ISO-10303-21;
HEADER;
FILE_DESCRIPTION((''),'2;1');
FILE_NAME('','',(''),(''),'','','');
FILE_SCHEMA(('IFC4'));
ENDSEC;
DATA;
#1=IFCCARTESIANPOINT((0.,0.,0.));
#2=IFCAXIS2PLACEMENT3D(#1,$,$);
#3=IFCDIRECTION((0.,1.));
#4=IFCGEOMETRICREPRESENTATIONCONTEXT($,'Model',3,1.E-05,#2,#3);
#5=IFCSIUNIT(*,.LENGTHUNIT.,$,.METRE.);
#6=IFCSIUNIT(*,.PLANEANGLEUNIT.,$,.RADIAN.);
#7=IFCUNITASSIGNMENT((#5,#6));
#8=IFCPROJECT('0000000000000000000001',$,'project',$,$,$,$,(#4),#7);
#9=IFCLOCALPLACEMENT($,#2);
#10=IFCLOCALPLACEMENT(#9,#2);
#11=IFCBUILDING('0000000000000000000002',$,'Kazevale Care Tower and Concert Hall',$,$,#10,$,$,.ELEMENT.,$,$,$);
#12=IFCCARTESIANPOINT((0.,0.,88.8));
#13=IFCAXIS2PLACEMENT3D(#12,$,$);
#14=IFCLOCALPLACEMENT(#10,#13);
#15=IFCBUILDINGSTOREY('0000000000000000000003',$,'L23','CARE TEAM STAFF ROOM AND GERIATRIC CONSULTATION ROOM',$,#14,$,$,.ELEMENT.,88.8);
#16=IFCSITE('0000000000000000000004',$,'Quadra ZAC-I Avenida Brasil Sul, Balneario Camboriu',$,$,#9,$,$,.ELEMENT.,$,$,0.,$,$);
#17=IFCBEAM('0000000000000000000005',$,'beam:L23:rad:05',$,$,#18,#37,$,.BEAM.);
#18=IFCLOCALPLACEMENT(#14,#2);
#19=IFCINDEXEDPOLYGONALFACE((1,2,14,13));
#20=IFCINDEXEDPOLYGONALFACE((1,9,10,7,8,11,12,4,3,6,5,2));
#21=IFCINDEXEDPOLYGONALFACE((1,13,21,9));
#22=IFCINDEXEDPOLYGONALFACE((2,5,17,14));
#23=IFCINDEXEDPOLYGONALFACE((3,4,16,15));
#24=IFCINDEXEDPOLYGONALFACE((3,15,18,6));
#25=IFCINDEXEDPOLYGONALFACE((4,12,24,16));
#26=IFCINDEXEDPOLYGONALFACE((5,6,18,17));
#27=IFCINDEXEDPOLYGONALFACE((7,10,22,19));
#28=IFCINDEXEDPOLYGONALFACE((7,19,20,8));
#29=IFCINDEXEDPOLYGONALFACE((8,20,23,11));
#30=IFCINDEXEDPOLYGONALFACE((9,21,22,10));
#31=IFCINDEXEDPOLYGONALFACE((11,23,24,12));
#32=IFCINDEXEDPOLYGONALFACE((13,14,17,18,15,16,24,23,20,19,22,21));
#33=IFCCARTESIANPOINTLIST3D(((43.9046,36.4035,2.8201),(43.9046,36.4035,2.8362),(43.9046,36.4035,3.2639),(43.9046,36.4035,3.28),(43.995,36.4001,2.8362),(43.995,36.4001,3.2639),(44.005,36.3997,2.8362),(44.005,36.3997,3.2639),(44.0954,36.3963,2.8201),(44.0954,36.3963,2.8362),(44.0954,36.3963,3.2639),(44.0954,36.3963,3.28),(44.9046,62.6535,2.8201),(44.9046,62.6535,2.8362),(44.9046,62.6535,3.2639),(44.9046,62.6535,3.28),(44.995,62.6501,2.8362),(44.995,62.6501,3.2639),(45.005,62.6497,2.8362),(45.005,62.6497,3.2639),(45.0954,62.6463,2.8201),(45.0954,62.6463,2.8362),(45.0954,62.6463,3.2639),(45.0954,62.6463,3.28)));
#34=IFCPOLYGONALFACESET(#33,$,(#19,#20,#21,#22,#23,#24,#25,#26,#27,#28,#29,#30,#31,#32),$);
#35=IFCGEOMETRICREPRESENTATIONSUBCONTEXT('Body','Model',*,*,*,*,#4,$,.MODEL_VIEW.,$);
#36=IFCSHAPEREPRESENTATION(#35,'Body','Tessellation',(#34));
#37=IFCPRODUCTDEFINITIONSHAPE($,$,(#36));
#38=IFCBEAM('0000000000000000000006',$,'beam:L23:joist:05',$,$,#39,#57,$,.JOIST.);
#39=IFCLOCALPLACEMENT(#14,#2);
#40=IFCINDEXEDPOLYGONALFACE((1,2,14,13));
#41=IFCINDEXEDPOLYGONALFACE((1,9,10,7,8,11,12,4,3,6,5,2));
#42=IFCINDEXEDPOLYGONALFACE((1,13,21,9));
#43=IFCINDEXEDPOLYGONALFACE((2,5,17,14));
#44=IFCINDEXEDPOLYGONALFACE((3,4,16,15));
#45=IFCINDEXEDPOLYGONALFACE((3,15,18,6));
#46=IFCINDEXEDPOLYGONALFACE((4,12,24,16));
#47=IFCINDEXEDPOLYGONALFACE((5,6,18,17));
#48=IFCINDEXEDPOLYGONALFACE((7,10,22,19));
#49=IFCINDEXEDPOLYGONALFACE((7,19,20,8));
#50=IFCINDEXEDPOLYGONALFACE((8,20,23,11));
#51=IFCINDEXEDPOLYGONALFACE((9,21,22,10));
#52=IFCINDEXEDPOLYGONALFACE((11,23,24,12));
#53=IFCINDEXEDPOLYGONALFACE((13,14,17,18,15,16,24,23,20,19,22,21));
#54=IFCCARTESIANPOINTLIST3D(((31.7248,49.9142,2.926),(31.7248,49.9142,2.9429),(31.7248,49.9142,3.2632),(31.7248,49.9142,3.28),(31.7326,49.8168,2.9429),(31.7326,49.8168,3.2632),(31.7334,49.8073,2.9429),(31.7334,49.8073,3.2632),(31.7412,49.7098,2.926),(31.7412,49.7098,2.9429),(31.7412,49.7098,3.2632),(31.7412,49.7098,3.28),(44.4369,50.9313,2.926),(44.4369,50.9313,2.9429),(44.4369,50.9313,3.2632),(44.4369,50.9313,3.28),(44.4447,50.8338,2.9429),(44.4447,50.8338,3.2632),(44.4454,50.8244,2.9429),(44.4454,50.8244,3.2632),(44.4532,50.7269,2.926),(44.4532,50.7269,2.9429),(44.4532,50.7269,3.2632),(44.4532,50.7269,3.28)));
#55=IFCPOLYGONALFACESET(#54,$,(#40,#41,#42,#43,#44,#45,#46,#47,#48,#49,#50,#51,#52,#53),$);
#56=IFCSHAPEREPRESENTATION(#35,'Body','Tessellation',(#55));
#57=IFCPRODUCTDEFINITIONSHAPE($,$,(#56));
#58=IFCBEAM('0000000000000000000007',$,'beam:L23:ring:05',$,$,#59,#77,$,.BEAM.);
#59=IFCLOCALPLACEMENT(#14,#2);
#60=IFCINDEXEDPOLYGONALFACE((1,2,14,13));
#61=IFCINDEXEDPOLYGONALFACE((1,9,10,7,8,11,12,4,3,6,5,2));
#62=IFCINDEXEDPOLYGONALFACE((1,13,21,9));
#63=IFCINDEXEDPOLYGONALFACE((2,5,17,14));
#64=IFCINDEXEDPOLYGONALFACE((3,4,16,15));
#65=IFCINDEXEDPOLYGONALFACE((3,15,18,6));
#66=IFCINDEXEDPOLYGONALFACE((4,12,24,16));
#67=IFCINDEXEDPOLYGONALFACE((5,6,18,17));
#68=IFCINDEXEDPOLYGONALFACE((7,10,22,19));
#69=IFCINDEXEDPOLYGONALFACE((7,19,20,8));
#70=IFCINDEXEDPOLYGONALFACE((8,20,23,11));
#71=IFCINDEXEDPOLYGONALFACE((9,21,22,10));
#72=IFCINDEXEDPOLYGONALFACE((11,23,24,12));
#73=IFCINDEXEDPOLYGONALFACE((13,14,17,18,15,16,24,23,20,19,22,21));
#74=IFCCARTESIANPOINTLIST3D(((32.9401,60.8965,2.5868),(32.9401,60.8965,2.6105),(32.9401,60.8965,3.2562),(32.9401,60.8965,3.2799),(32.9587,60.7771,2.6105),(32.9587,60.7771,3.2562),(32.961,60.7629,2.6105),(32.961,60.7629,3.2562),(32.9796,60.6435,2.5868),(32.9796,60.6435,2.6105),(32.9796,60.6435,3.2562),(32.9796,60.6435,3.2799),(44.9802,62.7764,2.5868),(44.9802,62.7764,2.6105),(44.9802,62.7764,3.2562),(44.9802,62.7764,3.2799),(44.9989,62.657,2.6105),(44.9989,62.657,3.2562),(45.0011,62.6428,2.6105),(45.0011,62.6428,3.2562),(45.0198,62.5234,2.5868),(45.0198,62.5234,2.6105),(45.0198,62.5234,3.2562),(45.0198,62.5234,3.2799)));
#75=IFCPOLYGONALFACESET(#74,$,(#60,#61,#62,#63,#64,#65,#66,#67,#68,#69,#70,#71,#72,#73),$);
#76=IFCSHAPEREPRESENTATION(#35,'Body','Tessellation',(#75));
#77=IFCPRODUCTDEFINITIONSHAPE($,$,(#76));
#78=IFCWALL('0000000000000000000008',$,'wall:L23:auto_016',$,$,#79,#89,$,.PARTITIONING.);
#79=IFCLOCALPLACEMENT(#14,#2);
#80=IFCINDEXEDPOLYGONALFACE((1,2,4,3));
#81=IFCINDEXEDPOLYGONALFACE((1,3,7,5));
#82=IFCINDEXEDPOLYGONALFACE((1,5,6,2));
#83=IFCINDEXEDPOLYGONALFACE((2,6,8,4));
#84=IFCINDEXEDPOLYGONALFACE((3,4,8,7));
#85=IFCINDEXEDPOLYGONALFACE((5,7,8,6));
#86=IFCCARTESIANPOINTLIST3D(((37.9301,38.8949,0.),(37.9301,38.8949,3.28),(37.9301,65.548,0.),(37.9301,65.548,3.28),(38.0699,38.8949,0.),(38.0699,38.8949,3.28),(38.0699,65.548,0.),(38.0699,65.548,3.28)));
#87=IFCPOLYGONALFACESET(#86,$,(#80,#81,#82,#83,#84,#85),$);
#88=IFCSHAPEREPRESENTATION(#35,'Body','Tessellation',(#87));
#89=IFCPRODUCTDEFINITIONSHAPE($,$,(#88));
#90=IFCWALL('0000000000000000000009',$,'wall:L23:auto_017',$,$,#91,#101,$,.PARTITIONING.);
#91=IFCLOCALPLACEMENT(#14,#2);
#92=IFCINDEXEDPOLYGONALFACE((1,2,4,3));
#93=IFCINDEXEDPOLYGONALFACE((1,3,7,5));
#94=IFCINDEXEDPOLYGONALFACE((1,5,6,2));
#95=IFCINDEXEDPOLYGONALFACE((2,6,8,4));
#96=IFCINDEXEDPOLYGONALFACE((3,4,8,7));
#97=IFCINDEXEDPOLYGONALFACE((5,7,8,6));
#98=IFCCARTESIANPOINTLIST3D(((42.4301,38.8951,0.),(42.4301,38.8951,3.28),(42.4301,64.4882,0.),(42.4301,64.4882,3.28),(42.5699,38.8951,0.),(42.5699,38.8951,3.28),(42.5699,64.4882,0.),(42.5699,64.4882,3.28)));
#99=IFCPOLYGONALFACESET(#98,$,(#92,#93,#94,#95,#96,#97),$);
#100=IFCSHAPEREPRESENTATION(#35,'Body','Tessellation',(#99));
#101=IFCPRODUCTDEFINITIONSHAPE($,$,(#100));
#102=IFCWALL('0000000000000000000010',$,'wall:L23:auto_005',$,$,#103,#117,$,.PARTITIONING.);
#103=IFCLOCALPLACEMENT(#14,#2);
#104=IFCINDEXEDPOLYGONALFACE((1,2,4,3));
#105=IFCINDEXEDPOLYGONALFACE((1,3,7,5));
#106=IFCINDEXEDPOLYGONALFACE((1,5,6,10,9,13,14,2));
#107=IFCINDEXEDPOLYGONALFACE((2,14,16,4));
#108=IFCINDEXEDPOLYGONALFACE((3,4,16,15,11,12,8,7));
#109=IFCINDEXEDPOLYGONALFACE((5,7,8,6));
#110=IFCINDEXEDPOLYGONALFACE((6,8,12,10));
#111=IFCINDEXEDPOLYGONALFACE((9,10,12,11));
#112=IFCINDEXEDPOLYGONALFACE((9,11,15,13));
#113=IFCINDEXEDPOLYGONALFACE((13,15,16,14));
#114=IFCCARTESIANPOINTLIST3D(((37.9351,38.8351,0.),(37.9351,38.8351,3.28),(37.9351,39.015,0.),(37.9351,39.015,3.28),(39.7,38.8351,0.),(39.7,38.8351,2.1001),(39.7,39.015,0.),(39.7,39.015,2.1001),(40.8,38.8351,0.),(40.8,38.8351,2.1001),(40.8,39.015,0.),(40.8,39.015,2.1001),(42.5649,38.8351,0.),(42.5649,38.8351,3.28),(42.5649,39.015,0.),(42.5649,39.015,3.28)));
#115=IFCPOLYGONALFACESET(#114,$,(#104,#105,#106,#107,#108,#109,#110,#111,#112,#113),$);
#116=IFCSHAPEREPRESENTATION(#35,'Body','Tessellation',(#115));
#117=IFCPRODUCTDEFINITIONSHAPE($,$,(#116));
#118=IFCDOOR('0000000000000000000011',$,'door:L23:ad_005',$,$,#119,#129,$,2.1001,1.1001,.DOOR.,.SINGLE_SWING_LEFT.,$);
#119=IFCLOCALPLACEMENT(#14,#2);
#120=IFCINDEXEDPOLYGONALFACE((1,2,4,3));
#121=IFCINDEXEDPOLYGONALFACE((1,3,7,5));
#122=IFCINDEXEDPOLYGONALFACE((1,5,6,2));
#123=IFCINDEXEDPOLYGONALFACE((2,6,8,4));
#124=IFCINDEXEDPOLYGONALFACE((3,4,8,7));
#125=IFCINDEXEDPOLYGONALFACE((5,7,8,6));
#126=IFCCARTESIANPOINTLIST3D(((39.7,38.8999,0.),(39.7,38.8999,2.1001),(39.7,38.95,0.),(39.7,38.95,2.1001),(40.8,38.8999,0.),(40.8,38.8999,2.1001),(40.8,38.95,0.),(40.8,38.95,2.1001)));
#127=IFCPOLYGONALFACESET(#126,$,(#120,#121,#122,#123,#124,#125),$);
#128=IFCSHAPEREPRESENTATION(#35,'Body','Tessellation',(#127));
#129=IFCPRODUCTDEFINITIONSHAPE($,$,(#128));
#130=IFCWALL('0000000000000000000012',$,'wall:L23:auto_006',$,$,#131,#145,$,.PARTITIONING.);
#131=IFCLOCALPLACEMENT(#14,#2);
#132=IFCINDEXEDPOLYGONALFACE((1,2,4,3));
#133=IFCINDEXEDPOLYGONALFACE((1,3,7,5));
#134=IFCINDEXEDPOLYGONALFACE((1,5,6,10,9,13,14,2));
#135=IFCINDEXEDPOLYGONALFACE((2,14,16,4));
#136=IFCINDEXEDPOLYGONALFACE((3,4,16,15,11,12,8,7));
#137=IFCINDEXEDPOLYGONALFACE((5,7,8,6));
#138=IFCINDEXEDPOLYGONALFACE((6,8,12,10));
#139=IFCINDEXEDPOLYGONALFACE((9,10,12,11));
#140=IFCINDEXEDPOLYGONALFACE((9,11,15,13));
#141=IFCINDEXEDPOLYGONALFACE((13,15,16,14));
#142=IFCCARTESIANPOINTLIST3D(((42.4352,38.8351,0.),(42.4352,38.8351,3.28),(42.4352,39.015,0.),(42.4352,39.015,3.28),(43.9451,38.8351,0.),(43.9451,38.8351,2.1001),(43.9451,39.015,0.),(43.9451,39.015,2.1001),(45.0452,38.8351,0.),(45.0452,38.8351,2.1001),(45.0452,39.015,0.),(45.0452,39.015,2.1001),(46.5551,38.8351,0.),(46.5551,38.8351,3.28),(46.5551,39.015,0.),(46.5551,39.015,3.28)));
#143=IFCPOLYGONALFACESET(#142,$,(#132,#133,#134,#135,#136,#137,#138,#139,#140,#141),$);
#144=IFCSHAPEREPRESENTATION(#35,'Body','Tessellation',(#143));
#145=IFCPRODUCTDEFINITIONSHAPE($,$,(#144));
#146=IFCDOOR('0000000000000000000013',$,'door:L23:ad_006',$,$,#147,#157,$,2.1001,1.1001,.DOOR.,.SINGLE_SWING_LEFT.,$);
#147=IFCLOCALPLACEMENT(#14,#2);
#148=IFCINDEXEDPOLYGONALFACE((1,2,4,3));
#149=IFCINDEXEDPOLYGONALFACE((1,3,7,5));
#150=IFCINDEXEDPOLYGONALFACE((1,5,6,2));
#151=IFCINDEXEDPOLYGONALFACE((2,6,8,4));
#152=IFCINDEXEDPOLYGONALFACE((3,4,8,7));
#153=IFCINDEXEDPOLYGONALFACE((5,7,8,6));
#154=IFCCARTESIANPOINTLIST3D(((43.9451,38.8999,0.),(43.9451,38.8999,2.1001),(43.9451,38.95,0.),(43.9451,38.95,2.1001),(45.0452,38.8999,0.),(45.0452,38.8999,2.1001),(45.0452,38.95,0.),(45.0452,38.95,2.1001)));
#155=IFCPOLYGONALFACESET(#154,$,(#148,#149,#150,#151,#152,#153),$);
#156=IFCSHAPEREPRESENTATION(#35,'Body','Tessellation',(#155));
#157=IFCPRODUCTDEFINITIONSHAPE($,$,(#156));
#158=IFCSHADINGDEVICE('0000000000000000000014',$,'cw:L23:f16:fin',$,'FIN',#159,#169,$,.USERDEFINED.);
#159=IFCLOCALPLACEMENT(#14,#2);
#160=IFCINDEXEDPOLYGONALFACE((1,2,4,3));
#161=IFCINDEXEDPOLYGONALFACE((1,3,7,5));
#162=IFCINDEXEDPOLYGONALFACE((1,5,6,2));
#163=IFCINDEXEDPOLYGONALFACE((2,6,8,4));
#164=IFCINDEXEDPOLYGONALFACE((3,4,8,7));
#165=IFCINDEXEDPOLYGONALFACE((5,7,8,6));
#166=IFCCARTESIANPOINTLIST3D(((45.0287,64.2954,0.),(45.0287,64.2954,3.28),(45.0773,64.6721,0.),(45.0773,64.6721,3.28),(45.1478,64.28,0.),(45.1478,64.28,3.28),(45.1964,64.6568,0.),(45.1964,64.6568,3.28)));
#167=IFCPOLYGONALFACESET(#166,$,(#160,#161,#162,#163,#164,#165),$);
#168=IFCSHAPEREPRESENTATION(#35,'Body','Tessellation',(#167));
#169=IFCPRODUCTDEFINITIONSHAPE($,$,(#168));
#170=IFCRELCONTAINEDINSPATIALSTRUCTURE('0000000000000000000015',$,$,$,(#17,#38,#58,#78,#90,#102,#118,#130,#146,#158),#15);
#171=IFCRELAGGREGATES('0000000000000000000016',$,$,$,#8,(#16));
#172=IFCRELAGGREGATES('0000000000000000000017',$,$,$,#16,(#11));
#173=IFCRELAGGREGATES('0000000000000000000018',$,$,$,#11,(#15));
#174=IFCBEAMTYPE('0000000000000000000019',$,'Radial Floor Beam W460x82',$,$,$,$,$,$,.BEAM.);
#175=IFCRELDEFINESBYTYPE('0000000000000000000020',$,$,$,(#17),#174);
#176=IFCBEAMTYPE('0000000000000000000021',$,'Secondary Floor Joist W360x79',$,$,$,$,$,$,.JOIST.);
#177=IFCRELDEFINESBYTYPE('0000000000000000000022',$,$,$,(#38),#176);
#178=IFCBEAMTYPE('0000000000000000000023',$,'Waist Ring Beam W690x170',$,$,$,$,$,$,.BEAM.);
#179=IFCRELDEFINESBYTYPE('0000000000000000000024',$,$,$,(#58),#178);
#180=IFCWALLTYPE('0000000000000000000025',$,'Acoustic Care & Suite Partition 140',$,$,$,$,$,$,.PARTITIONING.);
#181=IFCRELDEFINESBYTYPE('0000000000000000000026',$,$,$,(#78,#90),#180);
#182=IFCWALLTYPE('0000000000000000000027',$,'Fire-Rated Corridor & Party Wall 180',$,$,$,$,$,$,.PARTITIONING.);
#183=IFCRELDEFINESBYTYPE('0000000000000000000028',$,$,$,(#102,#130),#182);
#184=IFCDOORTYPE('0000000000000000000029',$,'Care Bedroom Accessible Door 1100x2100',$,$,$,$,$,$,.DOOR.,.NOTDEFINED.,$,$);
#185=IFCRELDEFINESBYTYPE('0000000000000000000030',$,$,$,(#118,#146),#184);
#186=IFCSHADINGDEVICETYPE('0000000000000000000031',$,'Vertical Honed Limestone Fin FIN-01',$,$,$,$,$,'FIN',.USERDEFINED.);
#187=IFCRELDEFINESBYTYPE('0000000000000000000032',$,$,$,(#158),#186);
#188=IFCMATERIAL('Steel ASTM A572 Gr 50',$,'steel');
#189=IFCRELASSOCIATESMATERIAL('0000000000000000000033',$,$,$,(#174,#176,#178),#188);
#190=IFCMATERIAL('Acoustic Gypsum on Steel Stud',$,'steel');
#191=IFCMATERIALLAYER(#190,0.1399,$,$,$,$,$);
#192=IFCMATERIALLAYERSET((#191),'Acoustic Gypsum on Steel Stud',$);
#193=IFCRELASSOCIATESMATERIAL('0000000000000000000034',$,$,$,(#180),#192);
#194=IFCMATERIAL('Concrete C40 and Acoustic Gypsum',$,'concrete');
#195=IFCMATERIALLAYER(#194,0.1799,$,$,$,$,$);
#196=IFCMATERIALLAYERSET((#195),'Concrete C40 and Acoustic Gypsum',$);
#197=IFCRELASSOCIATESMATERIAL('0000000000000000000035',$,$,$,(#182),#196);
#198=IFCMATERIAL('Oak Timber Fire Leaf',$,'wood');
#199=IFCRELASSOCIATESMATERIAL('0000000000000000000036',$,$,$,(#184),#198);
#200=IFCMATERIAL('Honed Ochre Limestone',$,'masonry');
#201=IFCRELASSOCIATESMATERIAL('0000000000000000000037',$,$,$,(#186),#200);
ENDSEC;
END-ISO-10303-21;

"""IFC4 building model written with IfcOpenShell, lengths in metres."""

from ifc_helpers import new_model, si_unit, direction, frame, frame_2d, origin, origin_2d, place, context, subcontext, project, spatial, rectangle, i_section, extrude, material, layer, layer_set, material_profile, profile_set, type_object, element, fill, save


model = new_model("IFC4")

# Units and contexts
model_context = context("Model", 3, precision=1e-05, world=origin(), true_north=direction((0.0, 1.0)))
body_context = subcontext(model_context, "Body", "Model", "MODEL_VIEW")
ifc_project = project(units=[si_unit("LENGTHUNIT", "METRE"), si_unit("PLANEANGLEUNIT", "RADIAN")], contexts=[model_context])

# Site, building, storey
site_placement = place(None, origin())
site = spatial("IfcSite", under=ifc_project, at=site_placement, Name="Quadra ZAC-I Avenida Brasil Sul, Balneario Camboriu", CompositionType="ELEMENT", RefElevation=0.0)
building_placement = place(site_placement, origin())
building = spatial("IfcBuilding", under=site, at=building_placement, Name="Kazevale Care Tower and Concert Hall", CompositionType="ELEMENT")
storey_placement = place(building_placement, frame((0.0, 0.0, 88.8)))
storey = spatial("IfcBuildingStorey", under=building, at=storey_placement, Name="L23", Description="CARE TEAM STAFF ROOM AND GERIATRIC CONSULTATION ROOM", CompositionType="ELEMENT", Elevation=88.8)

# Beams
ifc_material_1 = material(Name="Steel ASTM A572 Gr 50", Category="steel")
ifc_material_profile_1 = material_profile(ifc_material_1, i_section(OverallWidth=0.1909, OverallDepth=0.46, WebThickness=0.01, FlangeThickness=0.0161, at=origin_2d()), Name="W460x82")
ifc_profile_set_1 = profile_set([ifc_material_profile_1], Name="Steel ASTM A572 Gr 50")
beam_type_1 = type_object("IfcBeamType", Name="Radial Floor Beam W460x82", PredefinedType="BEAM", material=ifc_profile_set_1)
beam_1_placement = place(storey_placement, frame((44.0, 36.3999, 3.05), z_axis=(0.038068, 0.999275, 0.0), x_axis=(-0.999275, 0.038068, 0.0)))
element("IfcBeam", 1, at=beam_1_placement, inside=storey, type_object=beam_type_1, Name="beam:L23:rad:05", PredefinedType="BEAM", context=body_context, shape_type="SweptSolid", body=[
    extrude(i_section(OverallWidth=0.1909, OverallDepth=0.46, WebThickness=0.01, FlangeThickness=0.0161, at=origin_2d()), origin(), (0.0, 0.0, 1.0), 26.269),
])
ifc_material_profile_2 = material_profile(ifc_material_1, i_section(OverallWidth=0.2051, OverallDepth=0.354, WebThickness=0.0095, FlangeThickness=0.0168, at=origin_2d()), Name="W360x79")
ifc_profile_set_2 = profile_set([ifc_material_profile_2], Name="Steel ASTM A572 Gr 50")
beam_type_2 = type_object("IfcBeamType", Name="Secondary Floor Joist W360x79", PredefinedType="JOIST", material=ifc_profile_set_2)
beam_2_placement = place(storey_placement, frame((44.4451, 50.8291, 3.103), z_axis=(-0.996815, -0.079754, 0.0), x_axis=(0.079754, -0.996815, 0.0)))
element("IfcBeam", 2, at=beam_2_placement, inside=storey, type_object=beam_type_2, Name="beam:L23:joist:05", PredefinedType="JOIST", context=body_context, shape_type="SweptSolid", body=[
    extrude(i_section(OverallWidth=0.2051, OverallDepth=0.354, WebThickness=0.0095, FlangeThickness=0.0168, at=origin_2d()), origin(), (0.0, 0.0, 1.0), 12.7527),
])
ifc_material_profile_3 = material_profile(ifc_material_1, i_section(OverallWidth=0.2561, OverallDepth=0.6931, WebThickness=0.0144, FlangeThickness=0.0237, at=origin_2d()), Name="W690x170")
ifc_profile_set_3 = profile_set([ifc_material_profile_3], Name="Steel ASTM A572 Gr 50")
beam_type_3 = type_object("IfcBeamType", Name="Waist Ring Beam W690x170", PredefinedType="BEAM", material=ifc_profile_set_3)
beam_3_placement = place(storey_placement, frame((45.0, 62.6499, 2.9333), z_axis=(-0.988029, -0.154267, 0.0), x_axis=(0.154267, -0.988029, 0.0)))
element("IfcBeam", 3, at=beam_3_placement, inside=storey, type_object=beam_type_3, Name="beam:L23:ring:05", PredefinedType="BEAM", context=body_context, shape_type="SweptSolid", body=[
    extrude(i_section(OverallWidth=0.2561, OverallDepth=0.6931, WebThickness=0.0144, FlangeThickness=0.0237, at=origin_2d()), origin(), (0.0, 0.0, 1.0), 12.186),
])

# Walls
ifc_material_2 = material(Name="Acoustic Gypsum on Steel Stud", Category="steel")
ifc_layer_1 = layer(ifc_material_2, 0.1399)
ifc_layer_set_1 = layer_set([ifc_layer_1], Name="Acoustic Gypsum on Steel Stud")
wall_type_1 = type_object("IfcWallType", Name="Acoustic Care & Suite Partition 140", PredefinedType="PARTITIONING", material=ifc_layer_set_1)
wall_1_placement = place(storey_placement, frame((38.0, 65.5481, 0.0), z_axis=(0.0, 0.0, 1.0), x_axis=(0.0, -1.0, 0.0)))
element("IfcWall", 4, at=wall_1_placement, inside=storey, type_object=wall_type_1, Name="wall:L23:auto_016", PredefinedType="PARTITIONING", context=body_context, shape_type="SweptSolid", body=[
    extrude(rectangle(XDim=26.6531, YDim=0.1399, at=frame_2d((13.3267, 0.0))), origin(), (0.0, 0.0, 1.0), 3.28),
])
wall_2_placement = place(storey_placement, frame((42.5, 64.488, 0.0), z_axis=(0.0, 0.0, 1.0), x_axis=(0.0, -1.0, 0.0)))
element("IfcWall", 5, at=wall_2_placement, inside=storey, type_object=wall_type_1, Name="wall:L23:auto_017", PredefinedType="PARTITIONING", context=body_context, shape_type="SweptSolid", body=[
    extrude(rectangle(XDim=25.593, YDim=0.1399, at=frame_2d((12.7964, 0.0))), origin(), (0.0, 0.0, 1.0), 3.28),
])

# Walls, openings, doors
ifc_material_3 = material(Name="Concrete C40 and Acoustic Gypsum", Category="concrete")
ifc_layer_2 = layer(ifc_material_3, 0.1799)
ifc_layer_set_2 = layer_set([ifc_layer_2], Name="Concrete C40 and Acoustic Gypsum")
wall_type_2 = type_object("IfcWallType", Name="Fire-Rated Corridor & Party Wall 180", PredefinedType="PARTITIONING", material=ifc_layer_set_2)
wall_3_placement = place(storey_placement, frame((37.9351, 38.925, 0.0), z_axis=(0.0, 0.0, 1.0), x_axis=(1.0, 0.0, 0.0)))
wall_3 = element("IfcWall", 6, at=wall_3_placement, inside=storey, type_object=wall_type_2, Name="wall:L23:auto_005", PredefinedType="PARTITIONING", context=body_context, shape_type="SweptSolid", body=[
    extrude(rectangle(XDim=4.6299, YDim=0.1799, at=frame_2d((2.3149, 0.0))), origin(), (0.0, 0.0, 1.0), 3.28),
])
opening_1_placement = place(wall_3_placement, frame((1.7649, 0.0, 0.0)))
opening_1 = element("IfcOpeningElement", 7, at=opening_1_placement, cuts=wall_3, PredefinedType="OPENING", context=body_context, shape_type="SweptSolid", body=[
    extrude(rectangle(XDim=1.1001, YDim=2.1001, at=frame_2d((0.55, 1.05))), frame((0.0, 0.0999, 0.0), z_axis=(0.0, -1.0, 0.0), x_axis=(1.0, 0.0, 0.0)), (0.0, 0.0, 1.0), 0.2),
])
ifc_material_4 = material(Name="Oak Timber Fire Leaf", Category="wood")
door_type = type_object("IfcDoorType", Name="Care Bedroom Accessible Door 1100x2100", OperationType="NOTDEFINED", PredefinedType="DOOR", material=ifc_material_4)
door_1_placement = place(opening_1_placement, origin())
door_1 = element("IfcDoor", 8, at=door_1_placement, inside=storey, type_object=door_type, Name="door:L23:ad_005", OperationType="SINGLE_SWING_LEFT", OverallHeight=2.1001, OverallWidth=1.1001, PredefinedType="DOOR", context=body_context, shape_type="SweptSolid", body=[
    extrude(rectangle(XDim=1.1001, YDim=2.1001, at=frame_2d((0.55, 1.05))), frame((0.0, 0.0249, 0.0), z_axis=(0.0, -1.0, 0.0), x_axis=(1.0, 0.0, 0.0)), (0.0, 0.0, 1.0), 0.05),
])
fill(opening_1, door_1)
wall_4_placement = place(storey_placement, frame((42.4351, 38.925, 0.0), z_axis=(0.0, 0.0, 1.0), x_axis=(1.0, 0.0, 0.0)))
wall_4 = element("IfcWall", 9, at=wall_4_placement, inside=storey, type_object=wall_type_2, Name="wall:L23:auto_006", PredefinedType="PARTITIONING", context=body_context, shape_type="SweptSolid", body=[
    extrude(rectangle(XDim=4.1199, YDim=0.1799, at=frame_2d((2.0601, 0.0))), origin(), (0.0, 0.0, 1.0), 3.28),
])
opening_2_placement = place(wall_4_placement, frame((1.51, 0.0, 0.0)))
opening_2 = element("IfcOpeningElement", 10, at=opening_2_placement, cuts=wall_4, PredefinedType="OPENING", context=body_context, shape_type="SweptSolid", body=[
    extrude(rectangle(XDim=1.1001, YDim=2.1001, at=frame_2d((0.55, 1.05))), frame((0.0, 0.0999, 0.0), z_axis=(0.0, -1.0, 0.0), x_axis=(1.0, 0.0, 0.0)), (0.0, 0.0, 1.0), 0.2),
])
door_2_placement = place(opening_2_placement, origin())
door_2 = element("IfcDoor", 11, at=door_2_placement, inside=storey, type_object=door_type, Name="door:L23:ad_006", OperationType="SINGLE_SWING_LEFT", OverallHeight=2.1001, OverallWidth=1.1001, PredefinedType="DOOR", context=body_context, shape_type="SweptSolid", body=[
    extrude(rectangle(XDim=1.1001, YDim=2.1001, at=frame_2d((0.55, 1.05))), frame((0.0, 0.0249, 0.0), z_axis=(0.0, -1.0, 0.0), x_axis=(1.0, 0.0, 0.0)), (0.0, 0.0, 1.0), 0.05),
])
fill(opening_2, door_2)

# Shading device
ifc_material_5 = material(Name="Honed Ochre Limestone", Category="masonry")
shading_device_type = type_object("IfcShadingDeviceType", Name="Vertical Honed Limestone Fin FIN-01", ElementType="FIN", PredefinedType="USERDEFINED", material=ifc_material_5)
shading_device_placement = place(storey_placement, frame((45.1125, 64.4761, 0.0), z_axis=(0.0, 0.0, 1.0), x_axis=(0.12793, 0.991783, 0.0)))
element("IfcShadingDevice", 12, at=shading_device_placement, inside=storey, type_object=shading_device_type, Name="cw:L23:f16:fin", ObjectType="FIN", PredefinedType="USERDEFINED", context=body_context, shape_type="SweptSolid", body=[
    extrude(rectangle(XDim=0.3799, YDim=0.1201, at=origin_2d()), origin(), (0.0, 0.0, 1.0), 3.28),
])

save(model, "model.ifc")
